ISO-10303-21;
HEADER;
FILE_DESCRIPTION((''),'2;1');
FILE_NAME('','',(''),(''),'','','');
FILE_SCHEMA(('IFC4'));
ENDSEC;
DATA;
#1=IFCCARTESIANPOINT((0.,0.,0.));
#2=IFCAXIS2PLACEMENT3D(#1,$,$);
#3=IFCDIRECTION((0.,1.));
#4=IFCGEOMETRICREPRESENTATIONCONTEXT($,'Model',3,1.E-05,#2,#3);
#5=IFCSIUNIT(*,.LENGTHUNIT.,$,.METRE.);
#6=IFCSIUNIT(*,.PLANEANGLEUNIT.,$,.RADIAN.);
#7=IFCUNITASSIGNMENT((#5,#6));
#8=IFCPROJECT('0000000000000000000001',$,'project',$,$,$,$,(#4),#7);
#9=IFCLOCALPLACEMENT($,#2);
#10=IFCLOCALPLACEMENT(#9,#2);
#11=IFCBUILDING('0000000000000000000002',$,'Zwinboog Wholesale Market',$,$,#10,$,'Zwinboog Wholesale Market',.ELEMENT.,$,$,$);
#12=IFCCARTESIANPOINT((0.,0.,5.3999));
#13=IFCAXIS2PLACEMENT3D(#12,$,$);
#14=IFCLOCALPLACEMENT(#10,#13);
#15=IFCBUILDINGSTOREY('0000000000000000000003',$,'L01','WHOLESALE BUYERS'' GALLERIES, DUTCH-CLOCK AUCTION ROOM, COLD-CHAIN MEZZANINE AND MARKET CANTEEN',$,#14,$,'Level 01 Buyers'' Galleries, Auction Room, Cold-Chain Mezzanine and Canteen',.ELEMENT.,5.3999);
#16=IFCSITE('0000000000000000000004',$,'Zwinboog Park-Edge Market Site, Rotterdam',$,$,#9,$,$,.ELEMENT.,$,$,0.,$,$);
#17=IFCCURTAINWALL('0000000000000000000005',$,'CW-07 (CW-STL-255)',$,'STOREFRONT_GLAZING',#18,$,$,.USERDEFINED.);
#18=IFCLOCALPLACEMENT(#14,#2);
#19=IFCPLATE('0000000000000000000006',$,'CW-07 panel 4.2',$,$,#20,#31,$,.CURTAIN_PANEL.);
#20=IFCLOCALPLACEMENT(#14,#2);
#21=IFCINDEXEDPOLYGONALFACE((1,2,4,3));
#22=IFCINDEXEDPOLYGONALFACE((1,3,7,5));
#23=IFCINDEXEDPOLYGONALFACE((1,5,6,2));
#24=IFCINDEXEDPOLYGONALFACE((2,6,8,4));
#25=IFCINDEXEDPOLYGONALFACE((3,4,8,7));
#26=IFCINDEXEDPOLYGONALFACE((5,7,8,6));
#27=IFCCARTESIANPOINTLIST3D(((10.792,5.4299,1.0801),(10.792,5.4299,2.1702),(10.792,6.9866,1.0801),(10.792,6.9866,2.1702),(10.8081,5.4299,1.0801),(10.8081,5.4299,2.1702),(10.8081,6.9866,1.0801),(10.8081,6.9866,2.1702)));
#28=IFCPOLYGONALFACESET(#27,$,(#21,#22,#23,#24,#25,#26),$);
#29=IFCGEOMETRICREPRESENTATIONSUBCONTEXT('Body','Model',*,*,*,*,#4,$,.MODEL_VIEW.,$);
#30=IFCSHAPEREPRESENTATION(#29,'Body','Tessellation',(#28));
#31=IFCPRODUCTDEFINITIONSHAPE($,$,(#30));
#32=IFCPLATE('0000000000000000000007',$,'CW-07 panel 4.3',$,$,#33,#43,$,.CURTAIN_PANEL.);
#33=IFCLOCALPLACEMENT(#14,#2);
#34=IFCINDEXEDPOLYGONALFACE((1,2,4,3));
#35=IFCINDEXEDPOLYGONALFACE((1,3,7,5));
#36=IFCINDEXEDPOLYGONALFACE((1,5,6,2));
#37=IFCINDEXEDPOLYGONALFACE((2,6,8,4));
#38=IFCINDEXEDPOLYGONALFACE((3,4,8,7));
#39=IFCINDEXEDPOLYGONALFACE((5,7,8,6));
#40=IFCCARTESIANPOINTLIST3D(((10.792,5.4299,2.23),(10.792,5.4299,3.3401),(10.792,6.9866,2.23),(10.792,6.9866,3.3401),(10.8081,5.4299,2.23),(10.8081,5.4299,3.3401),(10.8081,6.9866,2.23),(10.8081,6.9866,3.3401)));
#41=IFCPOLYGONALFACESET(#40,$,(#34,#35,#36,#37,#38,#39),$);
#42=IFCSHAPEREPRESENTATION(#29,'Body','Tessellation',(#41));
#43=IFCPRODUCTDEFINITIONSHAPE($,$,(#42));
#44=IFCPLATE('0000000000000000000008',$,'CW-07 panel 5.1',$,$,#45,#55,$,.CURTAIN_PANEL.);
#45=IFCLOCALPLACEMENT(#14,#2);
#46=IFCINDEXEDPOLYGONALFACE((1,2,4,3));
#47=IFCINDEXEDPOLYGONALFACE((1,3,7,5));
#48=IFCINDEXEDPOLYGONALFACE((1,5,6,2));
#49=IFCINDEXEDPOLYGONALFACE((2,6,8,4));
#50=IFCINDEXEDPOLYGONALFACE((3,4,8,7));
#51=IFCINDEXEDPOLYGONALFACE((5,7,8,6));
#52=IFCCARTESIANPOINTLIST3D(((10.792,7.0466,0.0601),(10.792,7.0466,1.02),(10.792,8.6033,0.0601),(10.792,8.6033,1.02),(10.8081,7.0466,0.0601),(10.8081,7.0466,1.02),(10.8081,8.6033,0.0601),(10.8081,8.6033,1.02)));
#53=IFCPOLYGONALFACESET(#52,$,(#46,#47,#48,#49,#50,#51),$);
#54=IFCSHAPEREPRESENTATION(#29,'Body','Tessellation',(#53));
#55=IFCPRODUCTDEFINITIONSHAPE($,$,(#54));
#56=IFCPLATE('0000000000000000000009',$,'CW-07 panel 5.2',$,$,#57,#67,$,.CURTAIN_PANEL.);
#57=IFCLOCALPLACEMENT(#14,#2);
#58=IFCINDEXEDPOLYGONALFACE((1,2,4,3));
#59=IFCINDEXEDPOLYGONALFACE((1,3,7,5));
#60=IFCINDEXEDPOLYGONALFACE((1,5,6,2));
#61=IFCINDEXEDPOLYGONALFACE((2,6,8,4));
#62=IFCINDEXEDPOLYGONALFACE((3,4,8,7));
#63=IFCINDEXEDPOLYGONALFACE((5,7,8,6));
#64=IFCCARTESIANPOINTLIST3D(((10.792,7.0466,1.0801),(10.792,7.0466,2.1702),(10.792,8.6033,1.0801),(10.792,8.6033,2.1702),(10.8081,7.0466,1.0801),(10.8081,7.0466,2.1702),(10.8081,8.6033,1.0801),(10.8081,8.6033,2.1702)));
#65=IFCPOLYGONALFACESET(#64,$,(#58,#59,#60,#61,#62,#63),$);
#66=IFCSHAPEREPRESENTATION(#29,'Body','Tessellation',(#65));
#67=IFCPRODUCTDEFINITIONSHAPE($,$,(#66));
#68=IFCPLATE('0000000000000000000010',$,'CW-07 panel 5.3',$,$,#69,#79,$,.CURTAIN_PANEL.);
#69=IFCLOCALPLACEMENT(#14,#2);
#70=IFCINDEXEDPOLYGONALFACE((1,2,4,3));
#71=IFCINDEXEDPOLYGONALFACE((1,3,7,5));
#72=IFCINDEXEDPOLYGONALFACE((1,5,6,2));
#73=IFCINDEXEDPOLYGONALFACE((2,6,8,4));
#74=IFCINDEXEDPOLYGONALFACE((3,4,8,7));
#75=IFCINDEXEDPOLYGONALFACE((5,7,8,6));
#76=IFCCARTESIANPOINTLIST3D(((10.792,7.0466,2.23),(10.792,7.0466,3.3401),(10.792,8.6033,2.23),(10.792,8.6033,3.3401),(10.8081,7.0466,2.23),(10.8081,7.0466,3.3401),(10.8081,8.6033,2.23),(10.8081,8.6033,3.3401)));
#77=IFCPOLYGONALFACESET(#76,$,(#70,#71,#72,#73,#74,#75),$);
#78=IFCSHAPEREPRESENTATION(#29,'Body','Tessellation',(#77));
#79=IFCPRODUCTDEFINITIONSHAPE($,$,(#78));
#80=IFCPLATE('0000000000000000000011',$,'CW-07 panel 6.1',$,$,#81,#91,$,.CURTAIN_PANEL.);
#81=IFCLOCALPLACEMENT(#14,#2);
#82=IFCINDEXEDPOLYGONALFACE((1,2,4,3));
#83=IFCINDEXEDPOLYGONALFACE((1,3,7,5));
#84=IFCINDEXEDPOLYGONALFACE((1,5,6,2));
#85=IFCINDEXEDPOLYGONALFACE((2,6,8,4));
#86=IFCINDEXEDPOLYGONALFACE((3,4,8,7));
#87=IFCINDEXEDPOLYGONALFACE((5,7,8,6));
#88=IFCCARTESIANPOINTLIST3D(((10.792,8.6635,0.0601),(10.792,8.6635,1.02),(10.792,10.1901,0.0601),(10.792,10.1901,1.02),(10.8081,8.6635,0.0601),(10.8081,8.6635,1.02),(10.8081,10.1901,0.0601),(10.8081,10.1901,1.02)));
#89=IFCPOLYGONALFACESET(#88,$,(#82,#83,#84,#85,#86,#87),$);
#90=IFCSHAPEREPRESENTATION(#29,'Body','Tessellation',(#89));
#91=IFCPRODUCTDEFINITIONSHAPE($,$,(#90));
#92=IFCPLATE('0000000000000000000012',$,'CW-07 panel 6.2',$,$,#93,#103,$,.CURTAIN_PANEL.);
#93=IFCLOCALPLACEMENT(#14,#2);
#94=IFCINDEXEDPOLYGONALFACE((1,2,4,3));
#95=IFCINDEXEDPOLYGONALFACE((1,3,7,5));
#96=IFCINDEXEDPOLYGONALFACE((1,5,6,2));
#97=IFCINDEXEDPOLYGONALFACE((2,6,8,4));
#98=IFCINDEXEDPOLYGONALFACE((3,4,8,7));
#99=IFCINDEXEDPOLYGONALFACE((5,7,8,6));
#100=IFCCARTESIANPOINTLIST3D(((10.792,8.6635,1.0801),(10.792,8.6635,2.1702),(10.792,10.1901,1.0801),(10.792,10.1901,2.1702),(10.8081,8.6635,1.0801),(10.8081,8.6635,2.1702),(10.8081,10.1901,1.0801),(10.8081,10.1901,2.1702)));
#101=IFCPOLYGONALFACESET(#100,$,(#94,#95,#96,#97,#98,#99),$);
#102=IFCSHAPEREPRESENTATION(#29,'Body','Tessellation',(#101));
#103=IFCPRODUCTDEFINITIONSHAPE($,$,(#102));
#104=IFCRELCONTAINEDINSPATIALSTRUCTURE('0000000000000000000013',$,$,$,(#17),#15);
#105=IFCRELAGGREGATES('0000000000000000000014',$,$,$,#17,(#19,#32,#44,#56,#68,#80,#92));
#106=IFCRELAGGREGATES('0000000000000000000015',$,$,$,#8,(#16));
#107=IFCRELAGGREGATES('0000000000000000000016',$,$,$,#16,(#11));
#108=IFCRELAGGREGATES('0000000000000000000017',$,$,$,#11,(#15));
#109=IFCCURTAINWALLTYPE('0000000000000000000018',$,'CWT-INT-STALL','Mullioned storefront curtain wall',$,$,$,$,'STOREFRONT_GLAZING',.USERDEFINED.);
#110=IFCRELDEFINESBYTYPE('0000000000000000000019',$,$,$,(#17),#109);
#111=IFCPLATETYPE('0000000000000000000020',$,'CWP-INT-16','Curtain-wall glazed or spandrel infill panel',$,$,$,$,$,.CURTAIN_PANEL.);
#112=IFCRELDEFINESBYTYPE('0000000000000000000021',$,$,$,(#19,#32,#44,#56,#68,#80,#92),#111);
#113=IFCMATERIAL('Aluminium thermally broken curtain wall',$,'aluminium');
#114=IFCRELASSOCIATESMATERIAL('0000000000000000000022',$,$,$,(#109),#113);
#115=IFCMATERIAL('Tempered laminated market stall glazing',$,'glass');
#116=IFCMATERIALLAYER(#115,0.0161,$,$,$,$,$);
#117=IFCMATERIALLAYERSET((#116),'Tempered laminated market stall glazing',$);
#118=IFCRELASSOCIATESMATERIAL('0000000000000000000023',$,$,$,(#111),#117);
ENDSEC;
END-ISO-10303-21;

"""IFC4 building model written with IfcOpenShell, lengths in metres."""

from ifc_helpers import new_model, si_unit, direction, frame, origin, origin_2d, place, context, subcontext, project, spatial, rectangle, extrude, material, layer, layer_set, type_object, element, aggregate, save


model = new_model("IFC4")

# Units and contexts
model_context = context("Model", 3, precision=1e-05, world=origin(), true_north=direction((0.0, 1.0)))
body_context = subcontext(model_context, "Body", "Model", "MODEL_VIEW")
ifc_project = project(units=[si_unit("LENGTHUNIT", "METRE"), si_unit("PLANEANGLEUNIT", "RADIAN")], contexts=[model_context])

# Site, building, storey
site_placement = place(None, origin())
site = spatial("IfcSite", under=ifc_project, at=site_placement, Name="Zwinboog Park-Edge Market Site, Rotterdam", CompositionType="ELEMENT", RefElevation=0.0)
building_placement = place(site_placement, origin())
building = spatial("IfcBuilding", under=site, at=building_placement, Name="Zwinboog Wholesale Market", LongName="Zwinboog Wholesale Market", CompositionType="ELEMENT")
storey_placement = place(building_placement, frame((0.0, 0.0, 5.3999)))
storey = spatial("IfcBuildingStorey", under=building, at=storey_placement, Name="L01", Description="WHOLESALE BUYERS' GALLERIES, DUTCH-CLOCK AUCTION ROOM, COLD-CHAIN MEZZANINE AND MARKET CANTEEN", LongName="Level 01 Buyers' Galleries, Auction Room, Cold-Chain Mezzanine and Canteen", CompositionType="ELEMENT", Elevation=5.3999)

# Curtain wall, plates
ifc_material_1 = material(Name="Aluminium thermally broken curtain wall", Category="aluminium")
curtain_wall_type = type_object("IfcCurtainWallType", Name="CWT-INT-STALL", Description="Mullioned storefront curtain wall", ElementType="STOREFRONT_GLAZING", PredefinedType="USERDEFINED", material=ifc_material_1)
curtain_wall_placement = place(storey_placement, origin())
curtain_wall = element("IfcCurtainWall", 1, at=curtain_wall_placement, inside=storey, type_object=curtain_wall_type, Name="CW-07 (CW-STL-255)", ObjectType="STOREFRONT_GLAZING", PredefinedType="USERDEFINED")
ifc_material_2 = material(Name="Tempered laminated market stall glazing", Category="glass")
ifc_layer = layer(ifc_material_2, 0.0161)
ifc_layer_set = layer_set([ifc_layer], Name="Tempered laminated market stall glazing")
plate_type = type_object("IfcPlateType", Name="CWP-INT-16", Description="Curtain-wall glazed or spandrel infill panel", PredefinedType="CURTAIN_PANEL", material=ifc_layer_set)
plate_1_placement = place(storey_placement, frame((10.8, 6.2083, 1.0801), z_axis=(0.0, 0.0, 1.0), x_axis=(0.0, 1.0, 0.0)))
plate_1 = element("IfcPlate", 2, at=plate_1_placement, type_object=plate_type, Name="CW-07 panel 4.2", PredefinedType="CURTAIN_PANEL", context=body_context, shape_type="SweptSolid", body=[
    extrude(rectangle(XDim=1.5566, YDim=0.0161, at=origin_2d()), origin(), (0.0, 0.0, 1.0), 1.0901),
])
plate_2_placement = place(storey_placement, frame((10.8, 6.2083, 2.23), z_axis=(0.0, 0.0, 1.0), x_axis=(0.0, 1.0, 0.0)))
plate_2 = element("IfcPlate", 3, at=plate_2_placement, type_object=plate_type, Name="CW-07 panel 4.3", PredefinedType="CURTAIN_PANEL", context=body_context, shape_type="SweptSolid", body=[
    extrude(rectangle(XDim=1.5566, YDim=0.0161, at=origin_2d()), origin(), (0.0, 0.0, 1.0), 1.1101),
])
plate_3_placement = place(storey_placement, frame((10.8, 7.825, 0.0601), z_axis=(0.0, 0.0, 1.0), x_axis=(0.0, 1.0, 0.0)))
plate_3 = element("IfcPlate", 4, at=plate_3_placement, type_object=plate_type, Name="CW-07 panel 5.1", PredefinedType="CURTAIN_PANEL", context=body_context, shape_type="SweptSolid", body=[
    extrude(rectangle(XDim=1.5566, YDim=0.0161, at=origin_2d()), origin(), (0.0, 0.0, 1.0), 0.96),
])
plate_4_placement = place(storey_placement, frame((10.8, 7.825, 1.0801), z_axis=(0.0, 0.0, 1.0), x_axis=(0.0, 1.0, 0.0)))
plate_4 = element("IfcPlate", 5, at=plate_4_placement, type_object=plate_type, Name="CW-07 panel 5.2", PredefinedType="CURTAIN_PANEL", context=body_context, shape_type="SweptSolid", body=[
    extrude(rectangle(XDim=1.5566, YDim=0.0161, at=origin_2d()), origin(), (0.0, 0.0, 1.0), 1.0901),
])
plate_5_placement = place(storey_placement, frame((10.8, 7.825, 2.23), z_axis=(0.0, 0.0, 1.0), x_axis=(0.0, 1.0, 0.0)))
plate_5 = element("IfcPlate", 6, at=plate_5_placement, type_object=plate_type, Name="CW-07 panel 5.3", PredefinedType="CURTAIN_PANEL", context=body_context, shape_type="SweptSolid", body=[
    extrude(rectangle(XDim=1.5566, YDim=0.0161, at=origin_2d()), origin(), (0.0, 0.0, 1.0), 1.1101),
])
plate_6_placement = place(storey_placement, frame((10.8, 9.4268, 0.0601), z_axis=(0.0, 0.0, 1.0), x_axis=(0.0, 1.0, 0.0)))
plate_6 = element("IfcPlate", 7, at=plate_6_placement, type_object=plate_type, Name="CW-07 panel 6.1", PredefinedType="CURTAIN_PANEL", context=body_context, shape_type="SweptSolid", body=[
    extrude(rectangle(XDim=1.5266, YDim=0.0161, at=origin_2d()), origin(), (0.0, 0.0, 1.0), 0.96),
])
plate_7_placement = place(storey_placement, frame((10.8, 9.4268, 1.0801), z_axis=(0.0, 0.0, 1.0), x_axis=(0.0, 1.0, 0.0)))
plate_7 = element("IfcPlate", 8, at=plate_7_placement, type_object=plate_type, Name="CW-07 panel 6.2", PredefinedType="CURTAIN_PANEL", context=body_context, shape_type="SweptSolid", body=[
    extrude(rectangle(XDim=1.5266, YDim=0.0161, at=origin_2d()), origin(), (0.0, 0.0, 1.0), 1.0901),
])
aggregate(curtain_wall, [plate_1, plate_2, plate_3, plate_4, plate_5, plate_6, plate_7])

save(model, "model.ifc")
